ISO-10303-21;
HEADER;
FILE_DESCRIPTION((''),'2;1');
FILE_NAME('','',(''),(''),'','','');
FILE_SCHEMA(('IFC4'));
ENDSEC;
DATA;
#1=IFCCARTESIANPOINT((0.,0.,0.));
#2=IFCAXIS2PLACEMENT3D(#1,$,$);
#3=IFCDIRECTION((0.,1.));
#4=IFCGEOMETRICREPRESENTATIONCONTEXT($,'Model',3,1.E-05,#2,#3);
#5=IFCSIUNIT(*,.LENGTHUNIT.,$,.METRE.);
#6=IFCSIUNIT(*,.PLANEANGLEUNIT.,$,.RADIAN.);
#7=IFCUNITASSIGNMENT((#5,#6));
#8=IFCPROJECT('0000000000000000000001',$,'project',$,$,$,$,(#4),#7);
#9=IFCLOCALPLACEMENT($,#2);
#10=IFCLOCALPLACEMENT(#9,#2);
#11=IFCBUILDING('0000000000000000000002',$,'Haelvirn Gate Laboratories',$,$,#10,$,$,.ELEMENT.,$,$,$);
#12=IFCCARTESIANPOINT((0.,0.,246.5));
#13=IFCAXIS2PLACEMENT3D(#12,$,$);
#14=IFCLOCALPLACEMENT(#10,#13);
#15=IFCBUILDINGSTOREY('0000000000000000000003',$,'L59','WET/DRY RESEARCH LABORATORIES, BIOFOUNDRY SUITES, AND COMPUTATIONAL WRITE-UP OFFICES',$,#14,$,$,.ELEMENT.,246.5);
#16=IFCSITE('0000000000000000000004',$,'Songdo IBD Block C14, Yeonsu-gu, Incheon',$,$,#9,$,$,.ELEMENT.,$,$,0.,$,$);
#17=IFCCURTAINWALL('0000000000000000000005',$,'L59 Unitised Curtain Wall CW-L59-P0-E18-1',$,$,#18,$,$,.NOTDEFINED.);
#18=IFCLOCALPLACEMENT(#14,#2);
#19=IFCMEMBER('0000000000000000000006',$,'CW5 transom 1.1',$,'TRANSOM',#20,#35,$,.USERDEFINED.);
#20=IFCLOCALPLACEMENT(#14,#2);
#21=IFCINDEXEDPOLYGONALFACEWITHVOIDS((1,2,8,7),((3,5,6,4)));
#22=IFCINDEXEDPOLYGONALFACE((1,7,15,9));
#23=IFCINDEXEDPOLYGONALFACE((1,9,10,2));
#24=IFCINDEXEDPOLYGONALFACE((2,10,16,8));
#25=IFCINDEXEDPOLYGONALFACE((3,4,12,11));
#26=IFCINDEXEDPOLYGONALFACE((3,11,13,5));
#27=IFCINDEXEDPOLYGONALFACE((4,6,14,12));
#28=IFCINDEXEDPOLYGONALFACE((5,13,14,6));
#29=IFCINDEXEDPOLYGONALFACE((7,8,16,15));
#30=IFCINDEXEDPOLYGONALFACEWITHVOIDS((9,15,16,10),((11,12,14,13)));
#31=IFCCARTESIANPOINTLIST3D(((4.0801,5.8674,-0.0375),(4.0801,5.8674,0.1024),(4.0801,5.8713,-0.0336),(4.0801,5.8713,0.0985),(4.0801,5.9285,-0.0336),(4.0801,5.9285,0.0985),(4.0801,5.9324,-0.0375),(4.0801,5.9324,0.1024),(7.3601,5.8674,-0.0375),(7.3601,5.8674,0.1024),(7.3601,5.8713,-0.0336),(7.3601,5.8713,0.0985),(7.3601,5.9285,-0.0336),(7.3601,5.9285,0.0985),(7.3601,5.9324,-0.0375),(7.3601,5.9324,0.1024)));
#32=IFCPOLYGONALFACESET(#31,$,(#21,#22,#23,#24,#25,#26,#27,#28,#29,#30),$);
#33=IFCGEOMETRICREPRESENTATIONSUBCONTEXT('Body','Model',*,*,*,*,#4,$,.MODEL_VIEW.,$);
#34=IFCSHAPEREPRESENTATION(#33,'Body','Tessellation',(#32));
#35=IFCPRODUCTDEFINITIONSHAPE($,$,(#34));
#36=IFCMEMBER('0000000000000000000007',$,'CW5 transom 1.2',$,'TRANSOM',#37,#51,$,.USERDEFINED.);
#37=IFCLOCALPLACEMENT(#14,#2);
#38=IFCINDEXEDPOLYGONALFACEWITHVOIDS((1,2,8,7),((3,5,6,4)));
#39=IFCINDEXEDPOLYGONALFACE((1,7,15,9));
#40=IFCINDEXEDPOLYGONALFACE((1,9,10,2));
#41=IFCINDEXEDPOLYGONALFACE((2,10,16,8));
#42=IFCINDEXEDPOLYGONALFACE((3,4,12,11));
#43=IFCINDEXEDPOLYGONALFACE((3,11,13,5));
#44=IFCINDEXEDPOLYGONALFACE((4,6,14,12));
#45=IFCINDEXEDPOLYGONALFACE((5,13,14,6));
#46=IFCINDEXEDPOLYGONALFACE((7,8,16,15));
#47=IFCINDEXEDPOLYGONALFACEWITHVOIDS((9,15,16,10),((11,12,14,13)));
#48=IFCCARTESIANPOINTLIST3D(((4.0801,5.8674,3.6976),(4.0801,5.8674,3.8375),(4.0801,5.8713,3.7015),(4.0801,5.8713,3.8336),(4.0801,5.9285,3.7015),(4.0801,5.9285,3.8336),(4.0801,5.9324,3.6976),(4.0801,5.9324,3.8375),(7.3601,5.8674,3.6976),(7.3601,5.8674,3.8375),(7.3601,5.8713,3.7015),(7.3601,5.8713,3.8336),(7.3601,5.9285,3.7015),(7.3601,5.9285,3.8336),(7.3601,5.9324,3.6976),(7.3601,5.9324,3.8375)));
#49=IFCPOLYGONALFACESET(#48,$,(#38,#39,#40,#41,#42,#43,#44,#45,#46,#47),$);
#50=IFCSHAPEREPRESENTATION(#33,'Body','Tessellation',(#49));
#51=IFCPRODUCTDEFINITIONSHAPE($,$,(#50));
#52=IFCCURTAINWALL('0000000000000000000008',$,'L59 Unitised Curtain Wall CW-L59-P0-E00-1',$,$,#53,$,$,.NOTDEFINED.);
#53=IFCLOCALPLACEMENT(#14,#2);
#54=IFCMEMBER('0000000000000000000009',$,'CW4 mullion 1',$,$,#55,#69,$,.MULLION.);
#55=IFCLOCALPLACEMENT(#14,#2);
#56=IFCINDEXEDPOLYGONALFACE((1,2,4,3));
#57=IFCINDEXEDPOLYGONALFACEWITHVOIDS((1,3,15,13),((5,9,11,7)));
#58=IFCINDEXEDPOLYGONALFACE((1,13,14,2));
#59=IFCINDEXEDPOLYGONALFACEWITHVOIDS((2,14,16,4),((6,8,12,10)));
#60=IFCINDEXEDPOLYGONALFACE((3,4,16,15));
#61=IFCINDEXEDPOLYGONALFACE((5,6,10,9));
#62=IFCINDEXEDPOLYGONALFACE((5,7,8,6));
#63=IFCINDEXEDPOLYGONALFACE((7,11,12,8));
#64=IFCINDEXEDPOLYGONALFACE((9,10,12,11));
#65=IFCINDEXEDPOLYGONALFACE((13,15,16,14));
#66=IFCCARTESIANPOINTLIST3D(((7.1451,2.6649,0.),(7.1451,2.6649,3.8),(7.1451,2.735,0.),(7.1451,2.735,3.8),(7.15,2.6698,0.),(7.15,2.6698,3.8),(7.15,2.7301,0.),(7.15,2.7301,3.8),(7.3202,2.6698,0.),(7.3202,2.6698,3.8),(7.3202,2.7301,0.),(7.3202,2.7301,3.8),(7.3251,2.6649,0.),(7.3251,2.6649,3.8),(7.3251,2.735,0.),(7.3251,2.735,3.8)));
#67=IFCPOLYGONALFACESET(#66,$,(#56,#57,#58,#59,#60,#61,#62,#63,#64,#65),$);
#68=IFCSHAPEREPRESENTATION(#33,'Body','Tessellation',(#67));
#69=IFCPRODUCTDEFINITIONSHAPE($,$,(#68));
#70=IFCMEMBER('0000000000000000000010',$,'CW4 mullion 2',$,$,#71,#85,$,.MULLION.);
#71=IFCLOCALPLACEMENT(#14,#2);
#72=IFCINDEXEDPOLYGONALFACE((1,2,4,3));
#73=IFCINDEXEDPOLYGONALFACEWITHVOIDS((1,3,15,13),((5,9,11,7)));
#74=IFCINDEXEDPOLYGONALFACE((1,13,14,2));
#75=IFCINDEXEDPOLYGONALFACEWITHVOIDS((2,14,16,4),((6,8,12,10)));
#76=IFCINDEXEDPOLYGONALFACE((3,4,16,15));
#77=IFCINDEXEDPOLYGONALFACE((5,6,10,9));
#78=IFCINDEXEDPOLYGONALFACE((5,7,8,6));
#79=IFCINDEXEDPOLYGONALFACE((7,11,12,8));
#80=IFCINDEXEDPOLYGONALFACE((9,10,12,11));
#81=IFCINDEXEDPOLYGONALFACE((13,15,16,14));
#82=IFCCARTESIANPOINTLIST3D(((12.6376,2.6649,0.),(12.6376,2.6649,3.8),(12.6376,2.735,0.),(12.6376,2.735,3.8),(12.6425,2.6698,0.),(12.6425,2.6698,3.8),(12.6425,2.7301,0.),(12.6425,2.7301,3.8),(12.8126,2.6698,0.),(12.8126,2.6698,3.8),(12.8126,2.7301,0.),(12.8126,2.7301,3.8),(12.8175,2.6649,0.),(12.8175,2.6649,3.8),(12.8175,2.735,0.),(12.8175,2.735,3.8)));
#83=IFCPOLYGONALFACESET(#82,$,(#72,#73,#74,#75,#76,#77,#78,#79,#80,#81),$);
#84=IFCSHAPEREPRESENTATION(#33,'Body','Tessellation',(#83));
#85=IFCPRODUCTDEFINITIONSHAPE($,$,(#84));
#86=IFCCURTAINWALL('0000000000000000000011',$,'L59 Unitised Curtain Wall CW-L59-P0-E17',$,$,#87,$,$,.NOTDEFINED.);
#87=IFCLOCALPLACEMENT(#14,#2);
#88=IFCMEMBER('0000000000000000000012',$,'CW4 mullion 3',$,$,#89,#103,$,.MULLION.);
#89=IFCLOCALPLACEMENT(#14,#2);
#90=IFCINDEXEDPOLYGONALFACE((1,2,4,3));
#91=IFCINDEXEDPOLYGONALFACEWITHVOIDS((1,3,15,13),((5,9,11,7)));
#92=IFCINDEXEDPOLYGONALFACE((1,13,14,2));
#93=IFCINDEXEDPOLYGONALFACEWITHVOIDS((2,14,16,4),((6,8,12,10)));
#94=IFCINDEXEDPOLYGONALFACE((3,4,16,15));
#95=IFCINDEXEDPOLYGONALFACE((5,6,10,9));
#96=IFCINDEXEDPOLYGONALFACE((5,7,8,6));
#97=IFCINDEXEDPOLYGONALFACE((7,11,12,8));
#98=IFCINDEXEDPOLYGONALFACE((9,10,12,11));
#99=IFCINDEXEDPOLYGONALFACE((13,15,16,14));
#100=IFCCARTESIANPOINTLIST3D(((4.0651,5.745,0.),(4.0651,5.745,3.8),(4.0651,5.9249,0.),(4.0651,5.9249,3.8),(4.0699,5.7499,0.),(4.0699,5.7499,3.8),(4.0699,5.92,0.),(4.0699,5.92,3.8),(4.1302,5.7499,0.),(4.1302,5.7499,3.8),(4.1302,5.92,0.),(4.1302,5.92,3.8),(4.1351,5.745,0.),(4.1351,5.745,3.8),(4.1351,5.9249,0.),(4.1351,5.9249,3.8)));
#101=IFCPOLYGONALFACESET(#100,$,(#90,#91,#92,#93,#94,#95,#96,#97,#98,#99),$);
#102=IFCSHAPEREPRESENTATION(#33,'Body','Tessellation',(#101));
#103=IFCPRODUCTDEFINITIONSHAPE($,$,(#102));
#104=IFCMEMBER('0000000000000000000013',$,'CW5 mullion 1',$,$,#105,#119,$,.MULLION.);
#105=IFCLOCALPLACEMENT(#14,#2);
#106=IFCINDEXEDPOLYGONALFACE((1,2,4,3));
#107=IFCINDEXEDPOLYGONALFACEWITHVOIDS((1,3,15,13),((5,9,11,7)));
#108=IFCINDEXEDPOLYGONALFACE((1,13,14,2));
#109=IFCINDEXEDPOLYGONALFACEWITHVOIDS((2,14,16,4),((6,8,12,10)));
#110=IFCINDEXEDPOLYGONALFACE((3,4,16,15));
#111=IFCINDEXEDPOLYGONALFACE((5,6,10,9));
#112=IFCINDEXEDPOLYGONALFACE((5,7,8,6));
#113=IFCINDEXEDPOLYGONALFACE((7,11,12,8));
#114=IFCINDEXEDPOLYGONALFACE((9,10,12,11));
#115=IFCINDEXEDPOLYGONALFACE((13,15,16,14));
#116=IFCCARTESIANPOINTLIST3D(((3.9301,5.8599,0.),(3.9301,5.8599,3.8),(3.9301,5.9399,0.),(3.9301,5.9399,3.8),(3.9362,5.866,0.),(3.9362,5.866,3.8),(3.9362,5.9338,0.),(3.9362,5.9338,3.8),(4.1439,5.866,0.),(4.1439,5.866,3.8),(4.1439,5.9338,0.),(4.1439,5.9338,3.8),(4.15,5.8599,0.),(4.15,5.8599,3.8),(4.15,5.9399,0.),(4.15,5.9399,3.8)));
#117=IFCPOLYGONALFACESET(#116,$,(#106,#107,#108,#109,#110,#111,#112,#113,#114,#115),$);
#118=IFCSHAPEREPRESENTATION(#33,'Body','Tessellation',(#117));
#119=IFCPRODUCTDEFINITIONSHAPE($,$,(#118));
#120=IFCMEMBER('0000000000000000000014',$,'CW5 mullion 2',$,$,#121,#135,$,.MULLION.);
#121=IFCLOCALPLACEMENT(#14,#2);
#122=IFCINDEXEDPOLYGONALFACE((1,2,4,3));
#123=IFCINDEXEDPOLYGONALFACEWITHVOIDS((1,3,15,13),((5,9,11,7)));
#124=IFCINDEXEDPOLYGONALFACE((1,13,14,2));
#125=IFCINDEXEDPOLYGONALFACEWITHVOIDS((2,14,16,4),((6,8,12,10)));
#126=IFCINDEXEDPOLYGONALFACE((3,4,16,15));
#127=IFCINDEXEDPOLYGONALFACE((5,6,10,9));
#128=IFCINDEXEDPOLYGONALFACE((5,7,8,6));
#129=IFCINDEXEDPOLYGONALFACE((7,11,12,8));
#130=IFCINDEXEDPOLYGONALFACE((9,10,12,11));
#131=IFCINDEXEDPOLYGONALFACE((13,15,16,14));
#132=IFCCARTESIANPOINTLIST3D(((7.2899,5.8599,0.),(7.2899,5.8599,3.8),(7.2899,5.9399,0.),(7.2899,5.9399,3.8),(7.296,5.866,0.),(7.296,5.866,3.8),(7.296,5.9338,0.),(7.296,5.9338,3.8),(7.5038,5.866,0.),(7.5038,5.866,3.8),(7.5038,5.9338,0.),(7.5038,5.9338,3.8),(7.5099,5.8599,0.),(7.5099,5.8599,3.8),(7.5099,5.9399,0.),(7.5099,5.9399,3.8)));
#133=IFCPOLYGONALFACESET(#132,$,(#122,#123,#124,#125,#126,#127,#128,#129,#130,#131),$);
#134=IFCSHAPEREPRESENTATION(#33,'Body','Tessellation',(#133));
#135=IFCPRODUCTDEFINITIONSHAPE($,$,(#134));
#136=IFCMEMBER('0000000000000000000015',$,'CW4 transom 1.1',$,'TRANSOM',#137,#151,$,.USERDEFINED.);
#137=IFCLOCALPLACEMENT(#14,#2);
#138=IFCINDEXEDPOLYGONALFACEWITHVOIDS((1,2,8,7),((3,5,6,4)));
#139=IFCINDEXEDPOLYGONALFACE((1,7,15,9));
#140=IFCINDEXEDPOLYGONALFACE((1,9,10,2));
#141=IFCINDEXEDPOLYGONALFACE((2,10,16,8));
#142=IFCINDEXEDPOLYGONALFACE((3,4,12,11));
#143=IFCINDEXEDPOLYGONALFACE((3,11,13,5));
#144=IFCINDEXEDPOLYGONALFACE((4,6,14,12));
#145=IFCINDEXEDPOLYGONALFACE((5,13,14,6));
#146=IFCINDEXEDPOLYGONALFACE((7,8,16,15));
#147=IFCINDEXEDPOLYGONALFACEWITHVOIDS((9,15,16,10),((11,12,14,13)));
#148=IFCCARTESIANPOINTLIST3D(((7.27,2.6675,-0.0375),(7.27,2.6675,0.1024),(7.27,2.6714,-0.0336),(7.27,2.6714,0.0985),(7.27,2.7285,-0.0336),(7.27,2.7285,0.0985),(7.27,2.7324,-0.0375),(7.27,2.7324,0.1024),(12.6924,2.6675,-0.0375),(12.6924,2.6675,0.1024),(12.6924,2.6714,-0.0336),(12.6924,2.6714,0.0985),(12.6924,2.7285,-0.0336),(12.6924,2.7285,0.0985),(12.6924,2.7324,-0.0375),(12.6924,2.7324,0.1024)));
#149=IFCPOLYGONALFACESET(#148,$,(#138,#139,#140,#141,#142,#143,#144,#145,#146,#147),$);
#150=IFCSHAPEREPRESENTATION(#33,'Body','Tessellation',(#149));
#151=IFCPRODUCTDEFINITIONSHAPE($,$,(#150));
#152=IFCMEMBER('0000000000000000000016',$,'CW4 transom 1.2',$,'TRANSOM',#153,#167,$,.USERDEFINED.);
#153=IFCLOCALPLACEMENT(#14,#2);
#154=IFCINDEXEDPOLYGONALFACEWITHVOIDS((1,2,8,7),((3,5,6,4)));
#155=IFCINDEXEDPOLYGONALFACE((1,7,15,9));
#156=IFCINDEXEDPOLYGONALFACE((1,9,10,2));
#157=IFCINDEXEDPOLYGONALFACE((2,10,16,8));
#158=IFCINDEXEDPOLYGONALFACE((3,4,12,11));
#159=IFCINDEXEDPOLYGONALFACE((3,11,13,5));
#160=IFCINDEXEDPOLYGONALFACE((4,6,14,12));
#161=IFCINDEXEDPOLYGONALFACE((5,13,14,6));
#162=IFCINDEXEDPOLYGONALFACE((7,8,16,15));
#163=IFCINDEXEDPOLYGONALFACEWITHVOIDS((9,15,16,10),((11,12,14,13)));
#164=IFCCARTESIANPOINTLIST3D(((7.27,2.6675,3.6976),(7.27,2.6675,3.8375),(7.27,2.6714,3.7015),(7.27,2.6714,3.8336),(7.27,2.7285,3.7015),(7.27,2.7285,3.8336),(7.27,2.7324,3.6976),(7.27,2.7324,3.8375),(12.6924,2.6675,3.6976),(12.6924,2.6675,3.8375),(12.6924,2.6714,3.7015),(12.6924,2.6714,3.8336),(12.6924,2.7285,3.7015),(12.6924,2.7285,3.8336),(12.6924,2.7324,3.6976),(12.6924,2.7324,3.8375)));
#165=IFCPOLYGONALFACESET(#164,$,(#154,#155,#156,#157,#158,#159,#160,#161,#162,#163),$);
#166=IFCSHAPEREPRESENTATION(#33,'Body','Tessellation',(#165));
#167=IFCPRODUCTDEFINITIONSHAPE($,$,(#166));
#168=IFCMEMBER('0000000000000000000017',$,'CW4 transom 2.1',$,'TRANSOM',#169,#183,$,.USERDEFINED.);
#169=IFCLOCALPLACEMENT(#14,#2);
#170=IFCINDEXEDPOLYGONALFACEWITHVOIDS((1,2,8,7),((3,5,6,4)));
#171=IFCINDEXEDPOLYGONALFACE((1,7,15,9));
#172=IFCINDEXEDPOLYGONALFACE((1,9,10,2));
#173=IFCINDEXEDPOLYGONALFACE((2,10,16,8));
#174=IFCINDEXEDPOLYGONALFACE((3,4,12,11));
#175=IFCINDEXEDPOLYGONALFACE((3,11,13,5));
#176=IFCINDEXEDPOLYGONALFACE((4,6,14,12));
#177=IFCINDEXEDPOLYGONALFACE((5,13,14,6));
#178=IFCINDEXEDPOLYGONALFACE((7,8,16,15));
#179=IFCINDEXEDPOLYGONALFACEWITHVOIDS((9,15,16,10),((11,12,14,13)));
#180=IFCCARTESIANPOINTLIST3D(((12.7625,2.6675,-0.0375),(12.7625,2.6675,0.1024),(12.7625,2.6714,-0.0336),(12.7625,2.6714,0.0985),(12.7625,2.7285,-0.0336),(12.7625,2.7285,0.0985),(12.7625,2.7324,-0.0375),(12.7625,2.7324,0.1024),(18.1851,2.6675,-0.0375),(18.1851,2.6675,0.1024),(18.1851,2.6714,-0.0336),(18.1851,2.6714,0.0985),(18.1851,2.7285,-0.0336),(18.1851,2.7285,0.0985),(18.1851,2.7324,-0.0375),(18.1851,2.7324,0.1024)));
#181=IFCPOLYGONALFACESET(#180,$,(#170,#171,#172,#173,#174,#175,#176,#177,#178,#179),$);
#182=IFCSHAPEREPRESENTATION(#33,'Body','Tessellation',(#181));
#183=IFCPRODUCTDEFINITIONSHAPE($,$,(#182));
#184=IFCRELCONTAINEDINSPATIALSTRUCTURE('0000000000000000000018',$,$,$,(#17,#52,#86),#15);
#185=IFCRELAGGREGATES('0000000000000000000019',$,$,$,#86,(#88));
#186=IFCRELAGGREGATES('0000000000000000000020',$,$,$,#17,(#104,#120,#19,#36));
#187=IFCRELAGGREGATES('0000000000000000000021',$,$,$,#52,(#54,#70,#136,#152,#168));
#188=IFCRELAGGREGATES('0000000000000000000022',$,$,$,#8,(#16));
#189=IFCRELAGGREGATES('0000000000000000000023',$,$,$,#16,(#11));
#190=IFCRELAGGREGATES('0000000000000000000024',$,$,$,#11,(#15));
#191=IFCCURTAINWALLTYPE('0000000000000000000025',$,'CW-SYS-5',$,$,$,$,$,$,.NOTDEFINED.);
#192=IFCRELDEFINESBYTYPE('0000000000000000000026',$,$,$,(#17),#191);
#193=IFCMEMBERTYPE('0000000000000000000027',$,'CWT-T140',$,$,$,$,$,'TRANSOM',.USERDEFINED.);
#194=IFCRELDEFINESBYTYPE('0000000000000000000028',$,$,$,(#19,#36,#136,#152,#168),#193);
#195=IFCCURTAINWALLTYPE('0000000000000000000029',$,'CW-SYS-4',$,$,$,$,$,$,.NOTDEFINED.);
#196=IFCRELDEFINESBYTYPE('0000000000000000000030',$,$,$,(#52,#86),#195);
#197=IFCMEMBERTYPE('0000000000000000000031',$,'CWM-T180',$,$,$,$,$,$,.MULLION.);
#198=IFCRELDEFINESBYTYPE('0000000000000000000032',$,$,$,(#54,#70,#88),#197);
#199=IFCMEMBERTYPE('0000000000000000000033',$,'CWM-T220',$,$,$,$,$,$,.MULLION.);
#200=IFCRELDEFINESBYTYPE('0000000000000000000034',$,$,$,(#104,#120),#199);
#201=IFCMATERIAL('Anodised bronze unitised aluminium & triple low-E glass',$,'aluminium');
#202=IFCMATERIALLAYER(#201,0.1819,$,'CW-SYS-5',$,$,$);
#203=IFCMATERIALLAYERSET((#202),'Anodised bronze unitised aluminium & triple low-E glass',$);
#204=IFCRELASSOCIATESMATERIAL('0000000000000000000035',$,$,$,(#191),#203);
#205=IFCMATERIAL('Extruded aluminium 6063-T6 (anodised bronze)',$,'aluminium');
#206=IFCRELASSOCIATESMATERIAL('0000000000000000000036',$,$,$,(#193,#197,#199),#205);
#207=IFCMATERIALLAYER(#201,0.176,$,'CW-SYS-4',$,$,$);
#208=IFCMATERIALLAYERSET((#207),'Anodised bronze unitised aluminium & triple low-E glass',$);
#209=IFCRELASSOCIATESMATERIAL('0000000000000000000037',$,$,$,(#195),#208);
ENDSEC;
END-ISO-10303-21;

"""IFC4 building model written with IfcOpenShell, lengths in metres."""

from ifc_helpers import new_model, si_unit, direction, frame, origin, origin_2d, place, context, subcontext, project, spatial, hollow_rectangle, extrude, source, transform, mapped, material, layer, layer_set, material_profile, profile_set, type_object, type_shapes, element, aggregate, save


model = new_model("IFC4")

# Units and contexts
model_context = context("Model", 3, precision=1e-05, world=origin(), true_north=direction((0.0, 1.0)))
body_context = subcontext(model_context, "Body", "Model", "MODEL_VIEW")
ifc_project = project(units=[si_unit("LENGTHUNIT", "METRE"), si_unit("PLANEANGLEUNIT", "RADIAN")], contexts=[model_context])

# Site, building, storey
site_placement = place(None, origin())
site = spatial("IfcSite", under=ifc_project, at=site_placement, Name="Songdo IBD Block C14, Yeonsu-gu, Incheon", CompositionType="ELEMENT", RefElevation=0.0)
building_placement = place(site_placement, origin())
building = spatial("IfcBuilding", under=site, at=building_placement, Name="Haelvirn Gate Laboratories", CompositionType="ELEMENT")
storey_placement = place(building_placement, frame((0.0, 0.0, 246.5)))
storey = spatial("IfcBuildingStorey", under=building, at=storey_placement, Name="L59", Description="WET/DRY RESEARCH LABORATORIES, BIOFOUNDRY SUITES, AND COMPUTATIONAL WRITE-UP OFFICES", CompositionType="ELEMENT", Elevation=246.5)

# Curtain walls, members
ifc_material_1 = material(Name="Anodised bronze unitised aluminium & triple low-E glass", Category="aluminium")
ifc_layer_1 = layer(ifc_material_1, 0.1819, Name="CW-SYS-5")
ifc_layer_set_1 = layer_set([ifc_layer_1], Name="Anodised bronze unitised aluminium & triple low-E glass")
curtain_wall_type_1 = type_object("IfcCurtainWallType", Name="CW-SYS-5", PredefinedType="NOTDEFINED", material=ifc_layer_set_1)
curtain_wall_1_placement = place(storey_placement, origin())
curtain_wall_1 = element("IfcCurtainWall", 1, at=curtain_wall_1_placement, inside=storey, type_object=curtain_wall_type_1, Name="L59 Unitised Curtain Wall CW-L59-P0-E18-1", PredefinedType="NOTDEFINED")
ifc_material_2 = material(Name="Extruded aluminium 6063-T6 (anodised bronze)", Category="aluminium")
ifc_material_profile_1 = material_profile(ifc_material_2, hollow_rectangle(XDim=0.0649, YDim=0.1399, WallThickness=0.0039, at=origin_2d()), Name="CWT-140x65x4")
ifc_profile_set_1 = profile_set([ifc_material_profile_1], Name="Extruded aluminium 6063-T6 (anodised bronze)")
member_type_1 = type_object("IfcMemberType", Name="CWT-T140", ElementType="TRANSOM", PredefinedType="USERDEFINED", material=ifc_profile_set_1)
shared_shape_1 = source(origin(), body_context, "Body", "SweptSolid", [
    extrude(hollow_rectangle(XDim=0.0649, YDim=0.1399, WallThickness=0.0039, at=origin_2d()), origin(), (0.0, 0.0, 1.0), 3.28),
])
member_1_placement = place(storey_placement, frame((4.0801, 5.8999, 0.0325), z_axis=(1.0, 0.0, 0.0), x_axis=(0.0, 1.0, 0.0)))
member_1 = element("IfcMember", 2, at=member_1_placement, type_object=member_type_1, Name="CW5 transom 1.1", ObjectType="TRANSOM", PredefinedType="USERDEFINED", context=body_context, shape_type="MappedRepresentation", body=[
    mapped(shared_shape_1, transform((0.0, 0.0, 0.0), scale=1.0)),
])
member_2_placement = place(storey_placement, frame((4.0801, 5.8999, 3.7676), z_axis=(1.0, 0.0, 0.0), x_axis=(0.0, 1.0, 0.0)))
member_2 = element("IfcMember", 3, at=member_2_placement, type_object=member_type_1, Name="CW5 transom 1.2", ObjectType="TRANSOM", PredefinedType="USERDEFINED", context=body_context, shape_type="MappedRepresentation", body=[
    mapped(shared_shape_1, transform((0.0, 0.0, 0.0), scale=1.0)),
])
ifc_layer_2 = layer(ifc_material_1, 0.176, Name="CW-SYS-4")
ifc_layer_set_2 = layer_set([ifc_layer_2], Name="Anodised bronze unitised aluminium & triple low-E glass")
curtain_wall_type_2 = type_object("IfcCurtainWallType", Name="CW-SYS-4", PredefinedType="NOTDEFINED", material=ifc_layer_set_2)
curtain_wall_2_placement = place(storey_placement, origin())
curtain_wall_2 = element("IfcCurtainWall", 4, at=curtain_wall_2_placement, inside=storey, type_object=curtain_wall_type_2, Name="L59 Unitised Curtain Wall CW-L59-P0-E00-1", PredefinedType="NOTDEFINED")
ifc_material_profile_2 = material_profile(ifc_material_2, hollow_rectangle(XDim=0.0701, YDim=0.1799, WallThickness=0.0049, at=origin_2d()), Name="CWM-180x70x5")
ifc_profile_set_2 = profile_set([ifc_material_profile_2], Name="Extruded aluminium 6063-T6 (anodised bronze)")
member_type_2 = type_object("IfcMemberType", Name="CWM-T180", PredefinedType="MULLION", material=ifc_profile_set_2)
shared_shape_2 = source(origin(), body_context, "Body", "SweptSolid", [
    extrude(hollow_rectangle(XDim=0.0701, YDim=0.1799, WallThickness=0.0049, at=origin_2d()), origin(), (0.0, 0.0, 1.0), 3.8),
])
type_shapes(member_type_2, [shared_shape_2])
member_3_placement = place(storey_placement, frame((7.2351, 2.7, 0.0), z_axis=(0.0, 0.0, 1.0), x_axis=(0.0, 1.0, 0.0)))
member_3 = element("IfcMember", 5, at=member_3_placement, type_object=member_type_2, Name="CW4 mullion 1", PredefinedType="MULLION", context=body_context, shape_type="MappedRepresentation", body=[
    mapped(shared_shape_2, transform((0.0, 0.0, 0.0), scale=1.0)),
])
member_4_placement = place(storey_placement, frame((12.7275, 2.7, 0.0), z_axis=(0.0, 0.0, 1.0), x_axis=(0.0, 1.0, 0.0)))
member_4 = element("IfcMember", 6, at=member_4_placement, type_object=member_type_2, Name="CW4 mullion 2", PredefinedType="MULLION", context=body_context, shape_type="MappedRepresentation", body=[
    mapped(shared_shape_2, transform((0.0, 0.0, 0.0), scale=1.0)),
])

# Curtain wall, member
curtain_wall_3_placement = place(storey_placement, origin())
curtain_wall_3 = element("IfcCurtainWall", 7, at=curtain_wall_3_placement, inside=storey, type_object=curtain_wall_type_2, Name="L59 Unitised Curtain Wall CW-L59-P0-E17", PredefinedType="NOTDEFINED")
member_5_placement = place(storey_placement, frame((4.1001, 5.835, 0.0), z_axis=(0.0, 0.0, 1.0), x_axis=(1.0, 0.0, 0.0)))
member_5 = element("IfcMember", 8, at=member_5_placement, type_object=member_type_2, Name="CW4 mullion 3", PredefinedType="MULLION", context=body_context, shape_type="MappedRepresentation", body=[
    mapped(shared_shape_2, transform((0.0, 0.0, 0.0), scale=1.0)),
])
aggregate(curtain_wall_3, [member_5])

# Members
ifc_material_profile_3 = material_profile(ifc_material_2, hollow_rectangle(XDim=0.0801, YDim=0.22, WallThickness=0.0061, at=origin_2d()), Name="CWM-220x80x6")
ifc_profile_set_3 = profile_set([ifc_material_profile_3], Name="Extruded aluminium 6063-T6 (anodised bronze)")
member_type_3 = type_object("IfcMemberType", Name="CWM-T220", PredefinedType="MULLION", material=ifc_profile_set_3)
shared_shape_3 = source(origin(), body_context, "Body", "SweptSolid", [
    extrude(hollow_rectangle(XDim=0.0801, YDim=0.22, WallThickness=0.0061, at=origin_2d()), origin(), (0.0, 0.0, 1.0), 3.8),
])
type_shapes(member_type_3, [shared_shape_3])
member_6_placement = place(storey_placement, frame((4.04, 5.8999, 0.0), z_axis=(0.0, 0.0, 1.0), x_axis=(0.0, 1.0, 0.0)))
member_6 = element("IfcMember", 9, at=member_6_placement, type_object=member_type_3, Name="CW5 mullion 1", PredefinedType="MULLION", context=body_context, shape_type="MappedRepresentation", body=[
    mapped(shared_shape_3, transform((0.0, 0.0, 0.0), scale=1.0)),
])
member_7_placement = place(storey_placement, frame((7.3999, 5.8999, 0.0), z_axis=(0.0, 0.0, 1.0), x_axis=(0.0, 1.0, 0.0)))
member_7 = element("IfcMember", 10, at=member_7_placement, type_object=member_type_3, Name="CW5 mullion 2", PredefinedType="MULLION", context=body_context, shape_type="MappedRepresentation", body=[
    mapped(shared_shape_3, transform((0.0, 0.0, 0.0), scale=1.0)),
])
shared_shape_4 = source(origin(), body_context, "Body", "SweptSolid", [
    extrude(hollow_rectangle(XDim=0.0649, YDim=0.1399, WallThickness=0.0039, at=origin_2d()), origin(), (0.0, 0.0, 1.0), 5.4224),
])
member_8_placement = place(storey_placement, frame((7.27, 2.7, 0.0325), z_axis=(1.0, 0.0, 0.0), x_axis=(0.0, 1.0, 0.0)))
member_8 = element("IfcMember", 11, at=member_8_placement, type_object=member_type_1, Name="CW4 transom 1.1", ObjectType="TRANSOM", PredefinedType="USERDEFINED", context=body_context, shape_type="MappedRepresentation", body=[
    mapped(shared_shape_4, transform((0.0, 0.0, 0.0), scale=1.0)),
])
member_9_placement = place(storey_placement, frame((7.27, 2.7, 3.7676), z_axis=(1.0, 0.0, 0.0), x_axis=(0.0, 1.0, 0.0)))
member_9 = element("IfcMember", 12, at=member_9_placement, type_object=member_type_1, Name="CW4 transom 1.2", ObjectType="TRANSOM", PredefinedType="USERDEFINED", context=body_context, shape_type="MappedRepresentation", body=[
    mapped(shared_shape_4, transform((0.0, 0.0, 0.0), scale=1.0)),
])
shared_shape_5 = source(origin(), body_context, "Body", "SweptSolid", [
    extrude(hollow_rectangle(XDim=0.0649, YDim=0.1399, WallThickness=0.0039, at=origin_2d()), origin(), (0.0, 0.0, 1.0), 5.4226),
])
type_shapes(member_type_1, [shared_shape_1, shared_shape_4, shared_shape_5])
member_10_placement = place(storey_placement, frame((12.7625, 2.7, 0.0325), z_axis=(1.0, 0.0, 0.0), x_axis=(0.0, 1.0, 0.0)))
member_10 = element("IfcMember", 13, at=member_10_placement, type_object=member_type_1, Name="CW4 transom 2.1", ObjectType="TRANSOM", PredefinedType="USERDEFINED", context=body_context, shape_type="MappedRepresentation", body=[
    mapped(shared_shape_5, transform((0.0, 0.0, 0.0), scale=1.0)),
])

aggregate(curtain_wall_1, [member_6, member_7, member_1, member_2])
aggregate(curtain_wall_2, [member_3, member_4, member_8, member_9, member_10])

save(model, "model.ifc")
